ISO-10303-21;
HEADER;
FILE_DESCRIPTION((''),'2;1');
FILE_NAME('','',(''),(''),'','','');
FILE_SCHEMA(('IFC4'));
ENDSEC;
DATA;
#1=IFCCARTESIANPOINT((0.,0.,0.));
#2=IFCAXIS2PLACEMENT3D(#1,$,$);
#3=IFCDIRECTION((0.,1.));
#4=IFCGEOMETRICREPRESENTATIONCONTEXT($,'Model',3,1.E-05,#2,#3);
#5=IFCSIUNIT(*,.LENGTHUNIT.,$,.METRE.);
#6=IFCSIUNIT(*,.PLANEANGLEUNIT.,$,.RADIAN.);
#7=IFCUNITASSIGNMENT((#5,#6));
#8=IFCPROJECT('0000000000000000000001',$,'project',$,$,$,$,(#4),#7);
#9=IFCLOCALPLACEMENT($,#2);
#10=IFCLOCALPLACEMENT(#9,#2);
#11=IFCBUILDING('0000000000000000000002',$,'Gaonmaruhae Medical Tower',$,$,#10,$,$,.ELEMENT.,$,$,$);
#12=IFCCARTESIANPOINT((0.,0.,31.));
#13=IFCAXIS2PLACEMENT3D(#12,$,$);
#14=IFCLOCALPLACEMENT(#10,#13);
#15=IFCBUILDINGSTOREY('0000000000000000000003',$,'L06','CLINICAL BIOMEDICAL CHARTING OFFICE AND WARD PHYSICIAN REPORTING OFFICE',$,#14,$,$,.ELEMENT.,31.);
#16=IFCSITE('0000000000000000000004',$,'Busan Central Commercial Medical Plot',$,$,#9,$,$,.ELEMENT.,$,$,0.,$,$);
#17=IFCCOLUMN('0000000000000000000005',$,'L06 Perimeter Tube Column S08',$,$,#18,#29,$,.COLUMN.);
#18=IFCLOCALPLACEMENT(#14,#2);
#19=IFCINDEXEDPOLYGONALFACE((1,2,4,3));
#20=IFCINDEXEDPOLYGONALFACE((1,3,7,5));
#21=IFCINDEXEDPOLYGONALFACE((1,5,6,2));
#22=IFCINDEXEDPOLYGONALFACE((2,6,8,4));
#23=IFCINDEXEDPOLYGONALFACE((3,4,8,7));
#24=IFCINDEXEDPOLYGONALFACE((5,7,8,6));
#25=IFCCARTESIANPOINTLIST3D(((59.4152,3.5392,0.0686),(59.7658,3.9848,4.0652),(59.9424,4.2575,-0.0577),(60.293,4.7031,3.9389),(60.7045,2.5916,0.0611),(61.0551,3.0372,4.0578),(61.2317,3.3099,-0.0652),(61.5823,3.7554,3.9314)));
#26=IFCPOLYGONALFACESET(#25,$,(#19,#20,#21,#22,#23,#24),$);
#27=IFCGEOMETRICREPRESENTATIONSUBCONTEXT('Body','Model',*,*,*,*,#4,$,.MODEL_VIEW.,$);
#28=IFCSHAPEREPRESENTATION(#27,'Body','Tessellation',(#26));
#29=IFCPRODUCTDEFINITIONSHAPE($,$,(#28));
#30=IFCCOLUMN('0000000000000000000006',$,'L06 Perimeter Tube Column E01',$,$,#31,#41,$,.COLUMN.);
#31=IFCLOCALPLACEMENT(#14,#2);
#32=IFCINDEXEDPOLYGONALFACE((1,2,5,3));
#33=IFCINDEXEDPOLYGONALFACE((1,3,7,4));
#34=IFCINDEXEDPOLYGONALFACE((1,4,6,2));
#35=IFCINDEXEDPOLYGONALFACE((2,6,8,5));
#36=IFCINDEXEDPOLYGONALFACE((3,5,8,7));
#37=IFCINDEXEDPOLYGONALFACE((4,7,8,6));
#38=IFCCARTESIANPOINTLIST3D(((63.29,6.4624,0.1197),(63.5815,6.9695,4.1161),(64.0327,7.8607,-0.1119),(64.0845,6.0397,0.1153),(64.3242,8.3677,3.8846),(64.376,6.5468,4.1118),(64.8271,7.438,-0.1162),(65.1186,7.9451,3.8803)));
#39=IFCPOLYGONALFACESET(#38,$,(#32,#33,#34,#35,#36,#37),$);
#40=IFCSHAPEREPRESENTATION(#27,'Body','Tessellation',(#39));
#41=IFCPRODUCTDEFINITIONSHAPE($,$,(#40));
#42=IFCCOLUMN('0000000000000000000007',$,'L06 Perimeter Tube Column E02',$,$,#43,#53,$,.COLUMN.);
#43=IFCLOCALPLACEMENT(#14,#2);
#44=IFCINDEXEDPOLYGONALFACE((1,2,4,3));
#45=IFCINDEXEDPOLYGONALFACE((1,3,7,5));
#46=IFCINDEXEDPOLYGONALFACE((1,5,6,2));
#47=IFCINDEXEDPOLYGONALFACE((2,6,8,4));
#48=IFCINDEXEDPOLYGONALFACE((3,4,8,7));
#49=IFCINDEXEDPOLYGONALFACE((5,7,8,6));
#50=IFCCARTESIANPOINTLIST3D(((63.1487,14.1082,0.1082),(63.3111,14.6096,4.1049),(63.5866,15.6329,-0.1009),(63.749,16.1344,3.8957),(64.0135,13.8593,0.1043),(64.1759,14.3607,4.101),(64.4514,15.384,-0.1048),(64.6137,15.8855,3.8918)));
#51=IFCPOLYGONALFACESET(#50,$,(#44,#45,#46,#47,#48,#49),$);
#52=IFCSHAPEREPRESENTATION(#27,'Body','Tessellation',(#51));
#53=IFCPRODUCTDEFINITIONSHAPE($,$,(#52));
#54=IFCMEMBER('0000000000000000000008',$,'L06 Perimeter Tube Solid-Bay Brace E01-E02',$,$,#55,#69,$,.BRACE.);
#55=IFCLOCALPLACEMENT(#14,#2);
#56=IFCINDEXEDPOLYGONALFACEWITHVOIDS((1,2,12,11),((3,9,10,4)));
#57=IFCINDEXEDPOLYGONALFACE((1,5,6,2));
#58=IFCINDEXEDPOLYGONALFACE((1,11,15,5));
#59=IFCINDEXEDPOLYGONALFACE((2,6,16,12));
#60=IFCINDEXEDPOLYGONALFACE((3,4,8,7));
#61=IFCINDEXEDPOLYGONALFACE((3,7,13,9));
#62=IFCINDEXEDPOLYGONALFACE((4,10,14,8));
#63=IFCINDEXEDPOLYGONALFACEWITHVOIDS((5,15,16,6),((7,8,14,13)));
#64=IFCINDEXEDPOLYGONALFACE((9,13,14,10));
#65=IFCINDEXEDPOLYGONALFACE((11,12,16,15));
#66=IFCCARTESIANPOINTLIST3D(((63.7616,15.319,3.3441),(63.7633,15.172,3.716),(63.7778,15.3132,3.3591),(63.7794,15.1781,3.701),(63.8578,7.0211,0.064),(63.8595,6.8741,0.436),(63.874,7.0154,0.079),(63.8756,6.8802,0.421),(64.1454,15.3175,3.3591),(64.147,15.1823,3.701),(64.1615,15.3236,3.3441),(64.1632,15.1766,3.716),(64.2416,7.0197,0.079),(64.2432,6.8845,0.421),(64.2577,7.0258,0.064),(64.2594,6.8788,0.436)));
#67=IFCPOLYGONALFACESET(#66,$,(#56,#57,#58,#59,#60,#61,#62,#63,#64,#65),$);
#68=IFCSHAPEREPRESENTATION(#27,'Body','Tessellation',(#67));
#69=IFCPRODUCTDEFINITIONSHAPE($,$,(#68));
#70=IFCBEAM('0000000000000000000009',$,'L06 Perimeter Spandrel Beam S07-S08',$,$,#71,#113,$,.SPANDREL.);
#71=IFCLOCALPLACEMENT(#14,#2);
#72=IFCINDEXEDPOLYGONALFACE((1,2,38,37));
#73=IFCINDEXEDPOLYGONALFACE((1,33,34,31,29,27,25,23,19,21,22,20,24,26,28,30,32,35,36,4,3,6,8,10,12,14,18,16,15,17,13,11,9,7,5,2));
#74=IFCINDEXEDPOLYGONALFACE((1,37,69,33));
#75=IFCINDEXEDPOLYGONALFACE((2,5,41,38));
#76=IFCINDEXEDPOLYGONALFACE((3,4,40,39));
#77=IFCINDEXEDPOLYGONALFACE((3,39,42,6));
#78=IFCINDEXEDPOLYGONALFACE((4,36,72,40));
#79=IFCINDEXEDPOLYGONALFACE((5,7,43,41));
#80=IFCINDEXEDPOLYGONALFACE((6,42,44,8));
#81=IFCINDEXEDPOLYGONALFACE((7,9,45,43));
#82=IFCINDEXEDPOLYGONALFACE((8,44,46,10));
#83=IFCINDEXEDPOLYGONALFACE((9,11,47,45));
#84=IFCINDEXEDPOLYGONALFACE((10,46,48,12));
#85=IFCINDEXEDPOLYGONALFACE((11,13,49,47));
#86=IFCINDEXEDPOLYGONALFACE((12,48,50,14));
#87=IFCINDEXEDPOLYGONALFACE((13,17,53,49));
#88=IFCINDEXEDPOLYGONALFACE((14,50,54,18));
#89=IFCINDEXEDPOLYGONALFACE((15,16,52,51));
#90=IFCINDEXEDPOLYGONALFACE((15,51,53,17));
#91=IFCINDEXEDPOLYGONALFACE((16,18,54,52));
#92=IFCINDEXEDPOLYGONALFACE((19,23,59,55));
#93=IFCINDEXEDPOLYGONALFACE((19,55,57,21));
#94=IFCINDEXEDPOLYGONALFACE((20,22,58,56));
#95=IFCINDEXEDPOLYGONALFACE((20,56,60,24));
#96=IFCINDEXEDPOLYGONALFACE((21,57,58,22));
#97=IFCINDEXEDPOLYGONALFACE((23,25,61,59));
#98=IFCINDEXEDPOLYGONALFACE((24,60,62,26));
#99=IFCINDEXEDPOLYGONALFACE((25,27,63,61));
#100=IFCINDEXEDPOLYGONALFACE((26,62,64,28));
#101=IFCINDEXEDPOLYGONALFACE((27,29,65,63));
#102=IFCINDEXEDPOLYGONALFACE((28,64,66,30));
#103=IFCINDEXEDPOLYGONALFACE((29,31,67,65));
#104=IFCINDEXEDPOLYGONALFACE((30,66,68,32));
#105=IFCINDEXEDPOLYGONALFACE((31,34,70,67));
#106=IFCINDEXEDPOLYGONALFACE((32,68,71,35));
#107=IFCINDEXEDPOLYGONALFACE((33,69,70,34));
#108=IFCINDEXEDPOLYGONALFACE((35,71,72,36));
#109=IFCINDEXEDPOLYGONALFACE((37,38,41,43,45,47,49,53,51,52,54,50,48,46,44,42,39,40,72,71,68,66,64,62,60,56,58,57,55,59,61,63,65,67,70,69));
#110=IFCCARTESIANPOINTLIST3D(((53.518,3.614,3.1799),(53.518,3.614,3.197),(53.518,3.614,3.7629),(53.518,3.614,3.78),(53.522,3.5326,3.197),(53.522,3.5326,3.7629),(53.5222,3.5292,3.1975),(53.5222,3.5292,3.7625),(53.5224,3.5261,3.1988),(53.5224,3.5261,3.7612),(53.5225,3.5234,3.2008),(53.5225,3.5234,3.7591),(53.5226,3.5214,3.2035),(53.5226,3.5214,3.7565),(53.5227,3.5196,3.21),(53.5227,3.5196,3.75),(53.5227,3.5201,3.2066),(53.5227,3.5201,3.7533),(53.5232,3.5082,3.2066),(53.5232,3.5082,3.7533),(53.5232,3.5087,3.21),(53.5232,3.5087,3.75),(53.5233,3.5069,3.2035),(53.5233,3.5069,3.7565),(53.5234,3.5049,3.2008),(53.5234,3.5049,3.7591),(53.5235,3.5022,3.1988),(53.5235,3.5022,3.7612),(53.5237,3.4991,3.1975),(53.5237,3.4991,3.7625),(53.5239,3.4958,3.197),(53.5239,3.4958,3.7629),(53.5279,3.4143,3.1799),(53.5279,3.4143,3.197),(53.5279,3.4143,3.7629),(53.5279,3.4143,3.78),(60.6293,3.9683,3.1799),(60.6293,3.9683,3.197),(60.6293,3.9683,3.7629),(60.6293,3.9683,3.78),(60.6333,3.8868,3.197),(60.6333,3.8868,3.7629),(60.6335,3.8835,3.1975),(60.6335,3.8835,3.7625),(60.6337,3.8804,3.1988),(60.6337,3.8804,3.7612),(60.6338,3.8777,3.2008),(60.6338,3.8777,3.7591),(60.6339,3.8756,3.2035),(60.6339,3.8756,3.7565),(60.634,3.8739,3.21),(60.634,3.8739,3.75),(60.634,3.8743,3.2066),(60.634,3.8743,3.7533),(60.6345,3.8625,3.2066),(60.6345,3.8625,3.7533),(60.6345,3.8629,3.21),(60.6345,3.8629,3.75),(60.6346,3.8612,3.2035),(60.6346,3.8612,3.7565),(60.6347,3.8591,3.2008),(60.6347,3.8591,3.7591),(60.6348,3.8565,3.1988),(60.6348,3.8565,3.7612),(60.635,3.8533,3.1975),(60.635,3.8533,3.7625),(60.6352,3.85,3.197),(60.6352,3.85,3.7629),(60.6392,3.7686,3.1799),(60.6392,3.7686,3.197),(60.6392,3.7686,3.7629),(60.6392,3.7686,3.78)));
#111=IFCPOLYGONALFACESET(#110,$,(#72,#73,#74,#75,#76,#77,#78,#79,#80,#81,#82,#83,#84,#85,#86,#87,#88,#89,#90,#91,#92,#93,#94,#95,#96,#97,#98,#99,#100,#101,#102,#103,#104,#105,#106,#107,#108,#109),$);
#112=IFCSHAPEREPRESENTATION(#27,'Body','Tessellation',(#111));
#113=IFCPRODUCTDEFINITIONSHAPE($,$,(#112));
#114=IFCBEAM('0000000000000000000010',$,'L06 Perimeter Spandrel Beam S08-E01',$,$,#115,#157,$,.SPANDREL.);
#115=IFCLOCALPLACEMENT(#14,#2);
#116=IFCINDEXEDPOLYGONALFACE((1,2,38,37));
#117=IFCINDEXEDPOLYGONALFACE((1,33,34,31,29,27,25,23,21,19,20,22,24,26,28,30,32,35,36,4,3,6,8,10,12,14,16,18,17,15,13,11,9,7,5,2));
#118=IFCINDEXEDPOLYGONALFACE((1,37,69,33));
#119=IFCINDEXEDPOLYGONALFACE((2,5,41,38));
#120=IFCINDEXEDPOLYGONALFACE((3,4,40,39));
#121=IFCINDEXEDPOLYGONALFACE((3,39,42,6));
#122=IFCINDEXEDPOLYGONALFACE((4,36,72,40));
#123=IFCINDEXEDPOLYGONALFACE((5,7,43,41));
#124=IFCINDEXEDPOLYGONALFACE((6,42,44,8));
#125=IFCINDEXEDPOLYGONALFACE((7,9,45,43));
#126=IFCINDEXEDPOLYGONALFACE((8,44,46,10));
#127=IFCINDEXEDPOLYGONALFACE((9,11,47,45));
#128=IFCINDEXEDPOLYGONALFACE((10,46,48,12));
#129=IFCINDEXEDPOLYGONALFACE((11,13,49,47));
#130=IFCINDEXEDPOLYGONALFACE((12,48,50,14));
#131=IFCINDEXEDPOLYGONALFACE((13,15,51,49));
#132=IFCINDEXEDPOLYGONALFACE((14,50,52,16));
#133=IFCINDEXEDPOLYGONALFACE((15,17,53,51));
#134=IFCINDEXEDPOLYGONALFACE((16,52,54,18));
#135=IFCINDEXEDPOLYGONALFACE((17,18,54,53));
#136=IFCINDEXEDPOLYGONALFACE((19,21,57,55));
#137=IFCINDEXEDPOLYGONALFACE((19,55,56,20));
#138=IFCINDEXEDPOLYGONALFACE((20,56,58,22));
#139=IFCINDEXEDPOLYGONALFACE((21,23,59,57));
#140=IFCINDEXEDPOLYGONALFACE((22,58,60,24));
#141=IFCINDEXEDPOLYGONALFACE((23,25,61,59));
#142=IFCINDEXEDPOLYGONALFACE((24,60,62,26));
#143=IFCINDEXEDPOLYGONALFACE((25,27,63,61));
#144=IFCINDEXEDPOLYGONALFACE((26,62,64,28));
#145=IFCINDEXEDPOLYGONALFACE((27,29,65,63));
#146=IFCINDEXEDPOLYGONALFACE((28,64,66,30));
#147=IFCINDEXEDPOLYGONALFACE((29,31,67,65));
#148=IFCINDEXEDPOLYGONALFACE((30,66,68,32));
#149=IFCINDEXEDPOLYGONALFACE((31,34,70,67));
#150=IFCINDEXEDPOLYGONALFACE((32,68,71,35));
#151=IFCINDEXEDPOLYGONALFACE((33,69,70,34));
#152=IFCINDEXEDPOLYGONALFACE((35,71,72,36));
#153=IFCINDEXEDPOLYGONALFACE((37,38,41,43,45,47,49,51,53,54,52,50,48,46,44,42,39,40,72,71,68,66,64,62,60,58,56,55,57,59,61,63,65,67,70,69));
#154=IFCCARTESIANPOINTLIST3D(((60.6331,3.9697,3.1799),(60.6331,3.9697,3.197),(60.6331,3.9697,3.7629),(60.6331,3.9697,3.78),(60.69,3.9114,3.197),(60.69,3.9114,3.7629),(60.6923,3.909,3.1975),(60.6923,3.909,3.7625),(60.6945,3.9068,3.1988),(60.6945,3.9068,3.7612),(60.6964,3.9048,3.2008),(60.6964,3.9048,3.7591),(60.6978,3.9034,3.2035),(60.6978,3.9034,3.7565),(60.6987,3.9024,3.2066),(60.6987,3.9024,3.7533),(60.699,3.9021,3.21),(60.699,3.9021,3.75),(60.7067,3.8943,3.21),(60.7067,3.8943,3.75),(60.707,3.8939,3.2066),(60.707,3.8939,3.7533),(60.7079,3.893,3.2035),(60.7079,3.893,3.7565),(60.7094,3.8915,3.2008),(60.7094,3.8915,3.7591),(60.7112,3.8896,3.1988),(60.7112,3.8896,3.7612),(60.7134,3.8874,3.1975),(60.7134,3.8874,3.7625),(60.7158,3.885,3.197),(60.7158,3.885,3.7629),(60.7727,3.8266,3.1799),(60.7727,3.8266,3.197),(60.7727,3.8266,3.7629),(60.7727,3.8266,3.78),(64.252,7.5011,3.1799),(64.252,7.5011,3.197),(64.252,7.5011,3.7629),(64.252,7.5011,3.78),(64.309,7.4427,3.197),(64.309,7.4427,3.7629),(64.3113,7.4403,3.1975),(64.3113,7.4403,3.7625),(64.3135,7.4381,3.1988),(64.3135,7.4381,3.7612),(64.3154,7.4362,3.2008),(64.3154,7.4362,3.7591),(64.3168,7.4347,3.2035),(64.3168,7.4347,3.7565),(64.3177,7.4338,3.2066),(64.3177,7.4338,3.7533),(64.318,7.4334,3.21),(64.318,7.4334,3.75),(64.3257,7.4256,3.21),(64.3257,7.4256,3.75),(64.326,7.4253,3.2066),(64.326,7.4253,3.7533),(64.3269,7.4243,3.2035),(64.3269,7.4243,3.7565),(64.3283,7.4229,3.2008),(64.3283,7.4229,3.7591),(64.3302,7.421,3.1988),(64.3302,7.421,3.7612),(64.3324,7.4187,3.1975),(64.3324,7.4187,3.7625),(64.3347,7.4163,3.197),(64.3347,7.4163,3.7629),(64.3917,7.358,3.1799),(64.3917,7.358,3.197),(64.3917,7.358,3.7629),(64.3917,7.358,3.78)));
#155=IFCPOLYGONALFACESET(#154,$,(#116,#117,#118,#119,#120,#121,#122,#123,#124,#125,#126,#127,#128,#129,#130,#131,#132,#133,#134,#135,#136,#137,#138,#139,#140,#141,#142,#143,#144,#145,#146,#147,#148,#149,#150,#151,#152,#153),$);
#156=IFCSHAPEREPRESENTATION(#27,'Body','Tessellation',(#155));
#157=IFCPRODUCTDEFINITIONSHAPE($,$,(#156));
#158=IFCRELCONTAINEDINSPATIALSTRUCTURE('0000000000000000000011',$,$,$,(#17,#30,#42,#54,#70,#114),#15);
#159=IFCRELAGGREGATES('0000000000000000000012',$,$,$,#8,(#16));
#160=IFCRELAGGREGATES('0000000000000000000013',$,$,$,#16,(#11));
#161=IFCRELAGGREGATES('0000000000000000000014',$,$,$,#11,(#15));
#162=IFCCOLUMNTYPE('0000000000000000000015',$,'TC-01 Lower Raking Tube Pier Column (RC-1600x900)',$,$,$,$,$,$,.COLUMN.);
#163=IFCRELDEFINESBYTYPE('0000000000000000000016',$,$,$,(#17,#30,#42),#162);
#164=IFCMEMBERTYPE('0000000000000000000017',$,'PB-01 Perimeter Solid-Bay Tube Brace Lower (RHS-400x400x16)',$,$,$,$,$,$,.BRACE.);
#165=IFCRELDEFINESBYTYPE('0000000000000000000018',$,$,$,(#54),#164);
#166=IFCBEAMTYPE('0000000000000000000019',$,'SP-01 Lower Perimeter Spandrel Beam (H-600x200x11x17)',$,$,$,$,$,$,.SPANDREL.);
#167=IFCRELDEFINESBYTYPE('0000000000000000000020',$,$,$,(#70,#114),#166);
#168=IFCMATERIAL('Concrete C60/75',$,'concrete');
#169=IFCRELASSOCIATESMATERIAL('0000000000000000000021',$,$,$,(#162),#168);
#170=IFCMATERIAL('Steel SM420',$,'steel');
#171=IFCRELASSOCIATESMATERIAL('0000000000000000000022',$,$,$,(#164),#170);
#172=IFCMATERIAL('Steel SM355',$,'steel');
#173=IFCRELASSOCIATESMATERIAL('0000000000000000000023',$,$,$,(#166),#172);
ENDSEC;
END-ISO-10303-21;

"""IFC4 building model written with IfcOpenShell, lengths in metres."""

from ifc_helpers import new_model, si_unit, direction, frame, origin, origin_2d, place, context, subcontext, project, spatial, rectangle, hollow_rectangle, i_section, extrude, material, material_profile, profile_set, type_object, element, save


model = new_model("IFC4")

# Units and contexts
model_context = context("Model", 3, precision=1e-05, world=origin(), true_north=direction((0.0, 1.0)))
body_context = subcontext(model_context, "Body", "Model", "MODEL_VIEW")
ifc_project = project(units=[si_unit("LENGTHUNIT", "METRE"), si_unit("PLANEANGLEUNIT", "RADIAN")], contexts=[model_context])

# Site, building, storey
site_placement = place(None, origin())
site = spatial("IfcSite", under=ifc_project, at=site_placement, Name="Busan Central Commercial Medical Plot", CompositionType="ELEMENT", RefElevation=0.0)
building_placement = place(site_placement, origin())
building = spatial("IfcBuilding", under=site, at=building_placement, Name="Gaonmaruhae Medical Tower", CompositionType="ELEMENT")
storey_placement = place(building_placement, frame((0.0, 0.0, 31.0)))
storey = spatial("IfcBuildingStorey", under=building, at=storey_placement, Name="L06", Description="CLINICAL BIOMEDICAL CHARTING OFFICE AND WARD PHYSICIAN REPORTING OFFICE", CompositionType="ELEMENT", Elevation=31.0)

# Columns
ifc_material_1 = material(Name="Concrete C60/75", Category="concrete")
ifc_material_profile_1 = material_profile(ifc_material_1, rectangle(XDim=1.6001, YDim=0.8999, at=origin_2d()), Name="RC-1600x900")
ifc_profile_set_1 = profile_set([ifc_material_profile_1], Name="Concrete C60/75")
column_type = type_object("IfcColumnType", Name="TC-01 Lower Raking Tube Pier Column (RC-1600x900)", PredefinedType="COLUMN", material=ifc_profile_set_1)
column_1_placement = place(storey_placement, frame((60.3235, 3.4246, 0.0017), z_axis=(0.086852, 0.110379, 0.990087), x_axis=(-0.805752, 0.592235, 0.004657)))
element("IfcColumn", 1, at=column_1_placement, inside=storey, type_object=column_type, Name="L06 Perimeter Tube Column S08", PredefinedType="COLUMN", context=body_context, shape_type="SweptSolid", body=[
    extrude(rectangle(XDim=1.6001, YDim=0.8999, at=origin_2d()), origin(), (0.0, 0.0, 1.0), 4.0366),
])
column_2_placement = place(storey_placement, frame((64.0586, 6.9502, 0.0017), z_axis=(0.07217, 0.125541, 0.98946), x_axis=(-0.464117, -0.873871, 0.144727)))
element("IfcColumn", 2, at=column_2_placement, inside=storey, type_object=column_type, Name="L06 Perimeter Tube Column E01", PredefinedType="COLUMN", context=body_context, shape_type="SweptSolid", body=[
    extrude(rectangle(XDim=1.6001, YDim=0.8999, at=origin_2d()), origin(), (0.0, 0.0, 1.0), 4.0391),
])
column_3_placement = place(storey_placement, frame((63.8, 14.7461, 0.0017), z_axis=(0.040274, 0.124396, 0.991415), x_axis=(-0.273662, -0.952907, 0.130681)))
element("IfcColumn", 3, at=column_3_placement, inside=storey, type_object=column_type, Name="L06 Perimeter Tube Column E02", PredefinedType="COLUMN", context=body_context, shape_type="SweptSolid", body=[
    extrude(rectangle(XDim=1.6001, YDim=0.8999, at=origin_2d()), origin(), (0.0, 0.0, 1.0), 4.0312),
])

# Member
ifc_material_2 = material(Name="Steel SM420", Category="steel")
ifc_material_profile_2 = material_profile(ifc_material_2, hollow_rectangle(XDim=0.3999, YDim=0.3999, WallThickness=0.0161, at=origin_2d()), Name="RHS-400x400x16")
ifc_profile_set_2 = profile_set([ifc_material_profile_2], Name="Steel SM420")
member_type = type_object("IfcMemberType", Name="PB-01 Perimeter Solid-Bay Tube Brace Lower (RHS-400x400x16)", PredefinedType="BRACE", material=ifc_profile_set_2)
member_placement = place(storey_placement, frame((64.0586, 6.95, 0.25), z_axis=(-0.01078, 0.929926, 0.367587), x_axis=(-0.999933, -0.011592, 0.0)))
element("IfcMember", 4, at=member_placement, inside=storey, type_object=member_type, Name="L06 Perimeter Tube Solid-Bay Brace E01-E02", PredefinedType="BRACE", context=body_context, shape_type="SweptSolid", body=[
    extrude(hollow_rectangle(XDim=0.3999, YDim=0.3999, WallThickness=0.0161, at=origin_2d()), origin(), (0.0, 0.0, 1.0), 8.9231),
])

# Beams
ifc_material_3 = material(Name="Steel SM355", Category="steel")
ifc_material_profile_3 = material_profile(ifc_material_3, i_section(OverallWidth=0.2, OverallDepth=0.6001, WebThickness=0.011, FlangeThickness=0.0171, FilletRadius=0.0129, at=origin_2d()), Name="H-600x200x11x17")
ifc_profile_set_3 = profile_set([ifc_material_profile_3], Name="Steel SM355")
beam_type = type_object("IfcBeamType", Name="SP-01 Lower Perimeter Spandrel Beam (H-600x200x11x17)", PredefinedType="SPANDREL", material=ifc_profile_set_3)
beam_1_placement = place(storey_placement, frame((53.5229, 3.5142, 3.48), z_axis=(0.998762, 0.049753, 0.0), x_axis=(-0.049753, 0.998762, 0.0)))
element("IfcBeam", 5, at=beam_1_placement, inside=storey, type_object=beam_type, Name="L06 Perimeter Spandrel Beam S07-S08", PredefinedType="SPANDREL", context=body_context, shape_type="SweptSolid", body=[
    extrude(i_section(OverallWidth=0.2, OverallDepth=0.6001, WebThickness=0.011, FlangeThickness=0.0171, FilletRadius=0.0129, at=origin_2d()), origin(), (0.0, 0.0, 1.0), 7.1201),
])
beam_2_placement = place(storey_placement, frame((60.7029, 3.8982, 3.48), z_axis=(0.715721, 0.698387, 0.0), x_axis=(-0.698387, 0.715721, 0.0)))
element("IfcBeam", 6, at=beam_2_placement, inside=storey, type_object=beam_type, Name="L06 Perimeter Spandrel Beam S08-E01", PredefinedType="SPANDREL", context=body_context, shape_type="SweptSolid", body=[
    extrude(i_section(OverallWidth=0.2, OverallDepth=0.6001, WebThickness=0.011, FlangeThickness=0.0171, FilletRadius=0.0129, at=origin_2d()), origin(), (0.0, 0.0, 1.0), 5.0564),
])

save(model, "model.ifc")
